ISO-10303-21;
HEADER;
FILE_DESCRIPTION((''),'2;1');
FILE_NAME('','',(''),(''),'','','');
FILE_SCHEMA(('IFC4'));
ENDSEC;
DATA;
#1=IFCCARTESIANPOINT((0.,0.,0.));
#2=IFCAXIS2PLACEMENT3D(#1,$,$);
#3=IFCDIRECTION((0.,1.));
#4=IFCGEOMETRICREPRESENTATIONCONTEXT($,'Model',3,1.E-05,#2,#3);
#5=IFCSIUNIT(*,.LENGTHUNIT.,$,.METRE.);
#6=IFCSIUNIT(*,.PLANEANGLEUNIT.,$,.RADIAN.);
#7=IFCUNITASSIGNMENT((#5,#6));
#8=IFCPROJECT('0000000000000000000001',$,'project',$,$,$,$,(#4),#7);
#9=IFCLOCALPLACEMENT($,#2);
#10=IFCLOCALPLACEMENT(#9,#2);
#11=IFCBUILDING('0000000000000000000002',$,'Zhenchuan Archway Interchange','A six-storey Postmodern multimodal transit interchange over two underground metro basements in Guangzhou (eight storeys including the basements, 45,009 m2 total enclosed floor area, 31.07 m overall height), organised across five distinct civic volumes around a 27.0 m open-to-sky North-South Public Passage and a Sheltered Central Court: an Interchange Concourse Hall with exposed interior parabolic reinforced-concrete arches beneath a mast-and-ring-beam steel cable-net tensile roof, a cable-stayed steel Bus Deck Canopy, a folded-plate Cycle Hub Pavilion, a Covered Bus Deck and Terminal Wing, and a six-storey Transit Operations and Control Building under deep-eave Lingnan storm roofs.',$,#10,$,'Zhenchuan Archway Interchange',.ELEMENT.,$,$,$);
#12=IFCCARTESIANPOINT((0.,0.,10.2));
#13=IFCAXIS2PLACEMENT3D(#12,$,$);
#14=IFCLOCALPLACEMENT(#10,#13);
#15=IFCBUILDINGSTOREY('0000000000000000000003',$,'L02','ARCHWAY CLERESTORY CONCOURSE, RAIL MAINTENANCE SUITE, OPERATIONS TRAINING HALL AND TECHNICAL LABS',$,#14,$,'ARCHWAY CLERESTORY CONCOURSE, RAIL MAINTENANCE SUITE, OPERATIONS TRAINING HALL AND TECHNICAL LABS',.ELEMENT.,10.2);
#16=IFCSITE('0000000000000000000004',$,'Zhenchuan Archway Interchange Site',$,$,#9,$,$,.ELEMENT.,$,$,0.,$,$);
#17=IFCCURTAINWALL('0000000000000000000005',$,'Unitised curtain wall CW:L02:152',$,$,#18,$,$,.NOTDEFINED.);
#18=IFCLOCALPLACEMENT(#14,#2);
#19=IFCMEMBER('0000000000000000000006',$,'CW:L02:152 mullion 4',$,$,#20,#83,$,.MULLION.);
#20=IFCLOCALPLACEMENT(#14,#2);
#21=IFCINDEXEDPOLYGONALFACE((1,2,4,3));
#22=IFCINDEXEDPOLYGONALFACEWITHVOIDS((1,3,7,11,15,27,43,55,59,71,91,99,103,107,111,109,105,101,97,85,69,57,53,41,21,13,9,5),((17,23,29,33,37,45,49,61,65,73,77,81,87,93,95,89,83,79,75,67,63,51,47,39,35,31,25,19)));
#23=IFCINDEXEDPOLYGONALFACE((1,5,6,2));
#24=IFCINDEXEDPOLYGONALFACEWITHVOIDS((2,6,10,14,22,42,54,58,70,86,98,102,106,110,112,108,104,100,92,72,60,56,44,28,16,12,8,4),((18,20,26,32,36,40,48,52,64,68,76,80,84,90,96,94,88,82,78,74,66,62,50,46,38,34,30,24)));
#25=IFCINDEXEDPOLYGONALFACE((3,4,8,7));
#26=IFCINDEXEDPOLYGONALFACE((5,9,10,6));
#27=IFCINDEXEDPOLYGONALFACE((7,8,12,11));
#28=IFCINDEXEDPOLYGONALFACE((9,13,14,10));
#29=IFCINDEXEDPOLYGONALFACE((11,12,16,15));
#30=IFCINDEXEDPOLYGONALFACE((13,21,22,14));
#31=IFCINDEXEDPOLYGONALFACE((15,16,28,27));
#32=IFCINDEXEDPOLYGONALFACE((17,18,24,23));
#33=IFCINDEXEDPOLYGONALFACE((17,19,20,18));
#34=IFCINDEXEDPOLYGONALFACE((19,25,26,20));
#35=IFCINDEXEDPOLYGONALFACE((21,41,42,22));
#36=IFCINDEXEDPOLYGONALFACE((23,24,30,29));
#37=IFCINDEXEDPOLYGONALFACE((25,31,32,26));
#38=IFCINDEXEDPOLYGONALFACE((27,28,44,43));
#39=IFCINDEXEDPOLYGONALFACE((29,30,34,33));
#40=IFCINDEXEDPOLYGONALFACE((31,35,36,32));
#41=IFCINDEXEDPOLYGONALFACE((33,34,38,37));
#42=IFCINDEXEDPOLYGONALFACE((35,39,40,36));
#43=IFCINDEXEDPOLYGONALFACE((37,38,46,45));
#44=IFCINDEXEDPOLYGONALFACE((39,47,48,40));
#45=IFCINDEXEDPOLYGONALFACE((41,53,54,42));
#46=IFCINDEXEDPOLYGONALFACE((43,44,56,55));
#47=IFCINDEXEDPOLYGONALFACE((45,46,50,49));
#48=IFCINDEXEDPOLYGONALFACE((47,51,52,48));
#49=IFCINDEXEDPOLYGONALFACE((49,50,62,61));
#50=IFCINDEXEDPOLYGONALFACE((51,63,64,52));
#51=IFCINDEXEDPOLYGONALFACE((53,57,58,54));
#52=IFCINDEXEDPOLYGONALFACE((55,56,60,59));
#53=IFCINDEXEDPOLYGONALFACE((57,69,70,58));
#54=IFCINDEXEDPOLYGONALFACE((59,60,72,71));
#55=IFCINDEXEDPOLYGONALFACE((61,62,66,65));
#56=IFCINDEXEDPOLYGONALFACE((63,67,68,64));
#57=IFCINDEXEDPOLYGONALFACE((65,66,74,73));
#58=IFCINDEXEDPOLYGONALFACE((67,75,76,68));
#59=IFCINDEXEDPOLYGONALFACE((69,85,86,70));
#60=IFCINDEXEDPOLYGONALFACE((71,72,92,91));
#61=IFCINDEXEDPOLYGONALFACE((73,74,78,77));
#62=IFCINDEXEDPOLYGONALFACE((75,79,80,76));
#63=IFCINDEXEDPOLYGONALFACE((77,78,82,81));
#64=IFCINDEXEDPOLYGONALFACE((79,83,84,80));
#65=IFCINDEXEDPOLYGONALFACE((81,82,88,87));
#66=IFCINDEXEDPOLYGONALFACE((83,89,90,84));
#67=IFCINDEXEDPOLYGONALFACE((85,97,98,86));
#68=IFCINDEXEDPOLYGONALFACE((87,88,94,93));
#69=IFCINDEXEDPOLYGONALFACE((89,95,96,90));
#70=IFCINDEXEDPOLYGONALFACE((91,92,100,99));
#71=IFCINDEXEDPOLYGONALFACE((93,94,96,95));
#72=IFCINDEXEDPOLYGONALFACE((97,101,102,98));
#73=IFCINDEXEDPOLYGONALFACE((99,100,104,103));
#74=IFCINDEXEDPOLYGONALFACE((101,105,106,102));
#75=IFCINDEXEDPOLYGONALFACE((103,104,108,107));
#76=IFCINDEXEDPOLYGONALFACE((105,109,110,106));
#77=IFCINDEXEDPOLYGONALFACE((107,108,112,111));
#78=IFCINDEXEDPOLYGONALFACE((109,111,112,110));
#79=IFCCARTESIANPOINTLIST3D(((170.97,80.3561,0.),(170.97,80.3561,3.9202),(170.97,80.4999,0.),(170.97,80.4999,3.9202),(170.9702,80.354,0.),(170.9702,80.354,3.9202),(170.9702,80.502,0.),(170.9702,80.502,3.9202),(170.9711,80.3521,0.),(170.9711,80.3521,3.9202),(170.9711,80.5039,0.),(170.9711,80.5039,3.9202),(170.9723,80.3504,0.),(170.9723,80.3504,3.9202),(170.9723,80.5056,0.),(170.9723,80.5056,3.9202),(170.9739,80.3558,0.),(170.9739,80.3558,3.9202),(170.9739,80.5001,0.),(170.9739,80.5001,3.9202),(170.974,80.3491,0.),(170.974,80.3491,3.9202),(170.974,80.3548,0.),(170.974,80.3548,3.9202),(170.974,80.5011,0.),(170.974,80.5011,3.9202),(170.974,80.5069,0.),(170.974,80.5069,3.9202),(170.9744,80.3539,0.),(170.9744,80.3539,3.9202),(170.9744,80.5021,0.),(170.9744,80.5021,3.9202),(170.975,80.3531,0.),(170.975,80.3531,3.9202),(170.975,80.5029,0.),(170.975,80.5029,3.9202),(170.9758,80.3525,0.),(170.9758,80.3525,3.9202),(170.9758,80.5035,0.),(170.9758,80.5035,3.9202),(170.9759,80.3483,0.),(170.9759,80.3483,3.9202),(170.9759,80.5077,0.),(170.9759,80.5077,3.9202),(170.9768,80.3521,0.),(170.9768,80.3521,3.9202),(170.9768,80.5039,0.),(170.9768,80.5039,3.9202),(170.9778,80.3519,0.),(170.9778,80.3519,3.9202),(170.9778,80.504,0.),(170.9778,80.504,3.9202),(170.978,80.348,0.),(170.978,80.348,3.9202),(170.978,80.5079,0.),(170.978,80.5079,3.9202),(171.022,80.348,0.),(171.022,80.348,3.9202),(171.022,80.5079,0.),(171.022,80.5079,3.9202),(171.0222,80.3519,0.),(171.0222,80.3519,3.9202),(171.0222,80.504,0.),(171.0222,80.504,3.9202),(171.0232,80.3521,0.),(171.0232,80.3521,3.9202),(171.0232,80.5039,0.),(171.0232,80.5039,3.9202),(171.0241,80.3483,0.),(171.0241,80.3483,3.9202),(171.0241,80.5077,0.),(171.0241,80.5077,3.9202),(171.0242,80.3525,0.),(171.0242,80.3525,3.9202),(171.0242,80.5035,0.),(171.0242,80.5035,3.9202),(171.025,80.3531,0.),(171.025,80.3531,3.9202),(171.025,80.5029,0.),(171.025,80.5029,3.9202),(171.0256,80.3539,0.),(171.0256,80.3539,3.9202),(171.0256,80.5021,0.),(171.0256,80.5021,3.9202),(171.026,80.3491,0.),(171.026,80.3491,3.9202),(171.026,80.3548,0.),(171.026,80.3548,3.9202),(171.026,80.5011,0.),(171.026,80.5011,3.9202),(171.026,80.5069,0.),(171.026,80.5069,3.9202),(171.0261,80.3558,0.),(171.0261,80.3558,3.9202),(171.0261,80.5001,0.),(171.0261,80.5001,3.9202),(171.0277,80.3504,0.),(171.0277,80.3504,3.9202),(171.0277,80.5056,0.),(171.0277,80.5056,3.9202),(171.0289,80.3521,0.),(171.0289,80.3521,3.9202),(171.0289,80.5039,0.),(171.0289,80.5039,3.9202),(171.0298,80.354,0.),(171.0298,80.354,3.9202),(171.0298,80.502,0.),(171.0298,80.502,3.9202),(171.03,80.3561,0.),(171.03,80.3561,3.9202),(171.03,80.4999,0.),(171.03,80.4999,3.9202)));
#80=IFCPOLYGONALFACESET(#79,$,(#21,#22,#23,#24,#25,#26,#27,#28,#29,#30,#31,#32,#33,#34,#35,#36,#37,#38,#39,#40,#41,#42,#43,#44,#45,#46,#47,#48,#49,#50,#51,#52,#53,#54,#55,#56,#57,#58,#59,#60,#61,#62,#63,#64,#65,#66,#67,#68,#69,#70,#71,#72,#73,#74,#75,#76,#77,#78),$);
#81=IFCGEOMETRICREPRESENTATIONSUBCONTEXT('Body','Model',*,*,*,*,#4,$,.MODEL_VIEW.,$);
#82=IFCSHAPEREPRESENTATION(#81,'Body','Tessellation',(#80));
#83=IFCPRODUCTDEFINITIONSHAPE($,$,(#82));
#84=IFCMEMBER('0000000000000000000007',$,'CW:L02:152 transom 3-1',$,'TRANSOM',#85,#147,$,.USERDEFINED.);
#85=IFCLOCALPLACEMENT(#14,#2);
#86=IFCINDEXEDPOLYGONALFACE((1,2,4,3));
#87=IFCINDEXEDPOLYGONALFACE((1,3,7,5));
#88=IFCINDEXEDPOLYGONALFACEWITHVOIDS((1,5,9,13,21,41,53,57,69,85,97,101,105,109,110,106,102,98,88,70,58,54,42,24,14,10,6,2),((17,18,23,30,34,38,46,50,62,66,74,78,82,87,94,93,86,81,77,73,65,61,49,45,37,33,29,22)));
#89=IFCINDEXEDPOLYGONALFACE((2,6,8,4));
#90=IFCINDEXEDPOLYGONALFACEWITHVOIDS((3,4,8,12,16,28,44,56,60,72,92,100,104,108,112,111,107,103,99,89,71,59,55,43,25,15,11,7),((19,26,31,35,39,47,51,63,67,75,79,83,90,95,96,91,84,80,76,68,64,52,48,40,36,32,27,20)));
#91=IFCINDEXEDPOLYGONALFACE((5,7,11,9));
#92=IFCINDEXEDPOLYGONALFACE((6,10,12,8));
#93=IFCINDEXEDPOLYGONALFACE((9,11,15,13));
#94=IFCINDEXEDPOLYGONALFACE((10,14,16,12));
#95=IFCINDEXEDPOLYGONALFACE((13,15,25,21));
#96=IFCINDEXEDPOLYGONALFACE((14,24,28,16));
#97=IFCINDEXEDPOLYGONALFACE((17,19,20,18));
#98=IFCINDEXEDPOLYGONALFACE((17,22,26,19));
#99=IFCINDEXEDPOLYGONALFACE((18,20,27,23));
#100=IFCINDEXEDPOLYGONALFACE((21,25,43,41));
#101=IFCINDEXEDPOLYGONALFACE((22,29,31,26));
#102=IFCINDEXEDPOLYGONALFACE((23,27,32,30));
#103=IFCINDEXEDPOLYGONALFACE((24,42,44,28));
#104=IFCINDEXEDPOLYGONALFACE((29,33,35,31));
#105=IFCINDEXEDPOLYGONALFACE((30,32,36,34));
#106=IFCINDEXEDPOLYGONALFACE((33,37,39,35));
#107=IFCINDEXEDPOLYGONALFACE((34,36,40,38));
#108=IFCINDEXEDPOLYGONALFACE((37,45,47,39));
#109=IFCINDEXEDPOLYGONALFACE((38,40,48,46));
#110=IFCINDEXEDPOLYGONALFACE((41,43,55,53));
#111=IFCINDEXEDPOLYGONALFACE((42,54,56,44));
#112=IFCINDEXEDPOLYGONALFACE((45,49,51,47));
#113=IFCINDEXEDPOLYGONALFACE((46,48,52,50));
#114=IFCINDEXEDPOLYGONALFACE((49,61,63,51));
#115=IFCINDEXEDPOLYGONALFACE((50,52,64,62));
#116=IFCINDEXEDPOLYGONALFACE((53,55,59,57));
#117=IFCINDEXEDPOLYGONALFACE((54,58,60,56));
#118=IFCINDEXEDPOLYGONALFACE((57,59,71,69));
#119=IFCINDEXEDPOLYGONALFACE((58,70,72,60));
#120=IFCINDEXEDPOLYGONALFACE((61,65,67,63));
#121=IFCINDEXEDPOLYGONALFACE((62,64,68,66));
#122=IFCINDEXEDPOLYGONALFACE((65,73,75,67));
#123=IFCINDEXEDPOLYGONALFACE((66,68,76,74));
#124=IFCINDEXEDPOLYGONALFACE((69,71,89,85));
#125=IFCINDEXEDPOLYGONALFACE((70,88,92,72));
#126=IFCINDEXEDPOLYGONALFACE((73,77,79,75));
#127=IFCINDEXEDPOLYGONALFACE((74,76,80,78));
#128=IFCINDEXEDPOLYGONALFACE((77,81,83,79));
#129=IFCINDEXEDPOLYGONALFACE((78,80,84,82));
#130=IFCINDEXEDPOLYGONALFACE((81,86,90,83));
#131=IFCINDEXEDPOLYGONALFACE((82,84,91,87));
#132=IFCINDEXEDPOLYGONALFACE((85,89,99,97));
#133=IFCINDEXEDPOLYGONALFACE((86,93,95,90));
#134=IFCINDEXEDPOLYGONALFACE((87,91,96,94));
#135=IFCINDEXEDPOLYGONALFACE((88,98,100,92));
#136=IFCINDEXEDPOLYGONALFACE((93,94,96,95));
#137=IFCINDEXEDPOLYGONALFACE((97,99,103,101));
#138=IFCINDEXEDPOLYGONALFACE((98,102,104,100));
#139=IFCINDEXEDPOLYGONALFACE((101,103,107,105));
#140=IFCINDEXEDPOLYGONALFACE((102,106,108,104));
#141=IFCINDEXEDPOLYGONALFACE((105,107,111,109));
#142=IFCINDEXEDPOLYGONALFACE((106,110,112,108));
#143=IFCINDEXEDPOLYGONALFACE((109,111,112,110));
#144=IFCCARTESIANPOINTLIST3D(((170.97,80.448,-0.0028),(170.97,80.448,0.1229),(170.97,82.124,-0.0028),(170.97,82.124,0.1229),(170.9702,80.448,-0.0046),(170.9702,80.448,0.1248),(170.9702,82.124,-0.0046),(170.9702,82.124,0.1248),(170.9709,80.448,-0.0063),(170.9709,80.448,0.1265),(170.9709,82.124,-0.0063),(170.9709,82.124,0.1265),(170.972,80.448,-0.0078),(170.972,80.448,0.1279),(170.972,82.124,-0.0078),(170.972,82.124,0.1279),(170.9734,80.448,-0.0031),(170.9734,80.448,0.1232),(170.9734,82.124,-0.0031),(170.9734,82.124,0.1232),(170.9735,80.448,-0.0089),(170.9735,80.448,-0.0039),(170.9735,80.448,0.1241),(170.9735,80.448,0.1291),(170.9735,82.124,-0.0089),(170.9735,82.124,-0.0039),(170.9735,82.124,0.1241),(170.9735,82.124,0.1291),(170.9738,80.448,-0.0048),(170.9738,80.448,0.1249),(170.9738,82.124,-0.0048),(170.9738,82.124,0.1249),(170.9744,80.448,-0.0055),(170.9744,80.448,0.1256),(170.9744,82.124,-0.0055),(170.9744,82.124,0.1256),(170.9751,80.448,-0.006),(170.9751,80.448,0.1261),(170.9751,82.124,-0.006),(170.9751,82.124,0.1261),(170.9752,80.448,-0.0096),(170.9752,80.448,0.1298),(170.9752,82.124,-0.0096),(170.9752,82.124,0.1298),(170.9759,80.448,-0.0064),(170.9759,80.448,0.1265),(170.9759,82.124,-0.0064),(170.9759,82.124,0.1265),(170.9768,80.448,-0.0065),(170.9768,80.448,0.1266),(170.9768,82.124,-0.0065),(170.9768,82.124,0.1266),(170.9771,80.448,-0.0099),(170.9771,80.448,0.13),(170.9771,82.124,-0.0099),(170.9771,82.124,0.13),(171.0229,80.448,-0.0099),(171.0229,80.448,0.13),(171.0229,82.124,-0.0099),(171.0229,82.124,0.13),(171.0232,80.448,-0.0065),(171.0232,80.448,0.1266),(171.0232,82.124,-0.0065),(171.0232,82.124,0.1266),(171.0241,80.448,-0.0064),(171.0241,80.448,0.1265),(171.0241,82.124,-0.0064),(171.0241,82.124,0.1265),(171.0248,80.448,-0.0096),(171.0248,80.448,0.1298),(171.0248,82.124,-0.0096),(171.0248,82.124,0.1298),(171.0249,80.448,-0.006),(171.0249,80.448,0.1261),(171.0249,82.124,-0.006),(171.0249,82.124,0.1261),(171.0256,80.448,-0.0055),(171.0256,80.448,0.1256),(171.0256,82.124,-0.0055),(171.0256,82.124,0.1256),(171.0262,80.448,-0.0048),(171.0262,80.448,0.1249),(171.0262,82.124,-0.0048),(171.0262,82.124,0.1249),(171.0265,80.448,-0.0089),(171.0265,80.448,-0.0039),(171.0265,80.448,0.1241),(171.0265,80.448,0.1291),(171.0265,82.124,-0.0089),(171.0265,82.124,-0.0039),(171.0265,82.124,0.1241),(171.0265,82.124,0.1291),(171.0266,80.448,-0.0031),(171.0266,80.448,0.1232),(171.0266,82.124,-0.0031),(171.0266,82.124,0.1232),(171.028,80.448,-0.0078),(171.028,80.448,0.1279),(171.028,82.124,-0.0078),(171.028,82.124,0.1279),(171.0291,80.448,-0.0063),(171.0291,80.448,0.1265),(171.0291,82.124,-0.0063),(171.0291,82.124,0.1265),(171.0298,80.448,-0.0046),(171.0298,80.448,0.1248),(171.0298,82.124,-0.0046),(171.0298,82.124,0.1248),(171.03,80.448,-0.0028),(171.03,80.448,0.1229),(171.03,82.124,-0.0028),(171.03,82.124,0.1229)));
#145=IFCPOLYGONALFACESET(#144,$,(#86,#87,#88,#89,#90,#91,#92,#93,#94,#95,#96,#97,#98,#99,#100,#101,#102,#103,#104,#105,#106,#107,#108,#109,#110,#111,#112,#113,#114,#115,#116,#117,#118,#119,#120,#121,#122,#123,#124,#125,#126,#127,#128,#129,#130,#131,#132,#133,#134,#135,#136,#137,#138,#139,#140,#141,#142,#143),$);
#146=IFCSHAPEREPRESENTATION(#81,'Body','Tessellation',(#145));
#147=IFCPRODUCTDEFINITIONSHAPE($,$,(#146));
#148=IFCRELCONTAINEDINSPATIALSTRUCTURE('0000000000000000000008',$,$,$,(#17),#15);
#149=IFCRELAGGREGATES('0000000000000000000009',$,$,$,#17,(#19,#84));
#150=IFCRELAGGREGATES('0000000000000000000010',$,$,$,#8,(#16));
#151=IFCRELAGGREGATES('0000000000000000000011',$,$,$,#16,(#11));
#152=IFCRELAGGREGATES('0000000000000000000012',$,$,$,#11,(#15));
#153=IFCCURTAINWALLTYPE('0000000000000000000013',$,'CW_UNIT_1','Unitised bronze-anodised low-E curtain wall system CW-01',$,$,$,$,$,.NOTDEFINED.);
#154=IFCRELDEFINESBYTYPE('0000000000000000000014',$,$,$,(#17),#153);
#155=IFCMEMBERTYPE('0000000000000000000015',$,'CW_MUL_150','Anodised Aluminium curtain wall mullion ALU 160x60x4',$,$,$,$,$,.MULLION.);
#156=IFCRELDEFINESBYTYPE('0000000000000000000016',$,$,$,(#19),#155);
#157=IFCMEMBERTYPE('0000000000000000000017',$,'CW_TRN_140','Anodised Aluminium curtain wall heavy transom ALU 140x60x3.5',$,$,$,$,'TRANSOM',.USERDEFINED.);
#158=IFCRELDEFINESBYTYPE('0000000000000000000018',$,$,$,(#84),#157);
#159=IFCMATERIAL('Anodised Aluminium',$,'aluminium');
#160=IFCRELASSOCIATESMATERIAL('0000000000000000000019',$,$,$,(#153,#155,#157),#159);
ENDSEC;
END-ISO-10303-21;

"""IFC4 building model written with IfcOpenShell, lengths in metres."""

from ifc_helpers import new_model, si_unit, direction, frame, origin, origin_2d, place, context, subcontext, project, spatial, hollow_rectangle, extrude, material, material_profile, profile_set, type_object, element, aggregate, save


model = new_model("IFC4")

# Units and contexts
model_context = context("Model", 3, precision=1e-05, world=origin(), true_north=direction((0.0, 1.0)))
body_context = subcontext(model_context, "Body", "Model", "MODEL_VIEW")
ifc_project = project(units=[si_unit("LENGTHUNIT", "METRE"), si_unit("PLANEANGLEUNIT", "RADIAN")], contexts=[model_context])

# Site, building, storey
site_placement = place(None, origin())
site = spatial("IfcSite", under=ifc_project, at=site_placement, Name="Zhenchuan Archway Interchange Site", CompositionType="ELEMENT", RefElevation=0.0)
building_placement = place(site_placement, origin())
building = spatial("IfcBuilding", under=site, at=building_placement, Name="Zhenchuan Archway Interchange", Description="A six-storey Postmodern multimodal transit interchange over two underground metro basements in Guangzhou (eight storeys including the basements, 45,009 m2 total enclosed floor area, 31.07 m overall height), organised across five distinct civic volumes around a 27.0 m open-to-sky North-South Public Passage and a Sheltered Central Court: an Interchange Concourse Hall with exposed interior parabolic reinforced-concrete arches beneath a mast-and-ring-beam steel cable-net tensile roof, a cable-stayed steel Bus Deck Canopy, a folded-plate Cycle Hub Pavilion, a Covered Bus Deck and Terminal Wing, and a six-storey Transit Operations and Control Building under deep-eave Lingnan storm roofs.", LongName="Zhenchuan Archway Interchange", CompositionType="ELEMENT")
storey_placement = place(building_placement, frame((0.0, 0.0, 10.2)))
storey = spatial("IfcBuildingStorey", under=building, at=storey_placement, Name="L02", Description="ARCHWAY CLERESTORY CONCOURSE, RAIL MAINTENANCE SUITE, OPERATIONS TRAINING HALL AND TECHNICAL LABS", LongName="ARCHWAY CLERESTORY CONCOURSE, RAIL MAINTENANCE SUITE, OPERATIONS TRAINING HALL AND TECHNICAL LABS", CompositionType="ELEMENT", Elevation=10.2)

# Curtain wall, members
ifc_material_1 = material(Name="Anodised Aluminium", Category="aluminium")
curtain_wall_type = type_object("IfcCurtainWallType", Name="CW_UNIT_1", Description="Unitised bronze-anodised low-E curtain wall system CW-01", PredefinedType="NOTDEFINED", material=ifc_material_1)
curtain_wall_placement = place(storey_placement, origin())
curtain_wall = element("IfcCurtainWall", 1, at=curtain_wall_placement, inside=storey, type_object=curtain_wall_type, Name="Unitised curtain wall CW:L02:152", PredefinedType="NOTDEFINED")
ifc_material_profile_1 = material_profile(ifc_material_1, hollow_rectangle(XDim=0.0601, YDim=0.1599, WallThickness=0.0039, InnerFilletRadius=0.0039, OuterFilletRadius=0.0081, at=origin_2d()), Name="ALU 160x60x4")
ifc_profile_set_1 = profile_set([ifc_material_profile_1], Name="Anodised Aluminium")
member_type_1 = type_object("IfcMemberType", Name="CW_MUL_150", Description="Anodised Aluminium curtain wall mullion ALU 160x60x4", PredefinedType="MULLION", material=ifc_profile_set_1)
member_1_placement = place(storey_placement, frame((171.0, 80.428, 0.0), z_axis=(0.0, 0.0, 1.0), x_axis=(1.0, 0.0, 0.0)))
member_1 = element("IfcMember", 2, at=member_1_placement, type_object=member_type_1, Name="CW:L02:152 mullion 4", PredefinedType="MULLION", context=body_context, shape_type="SweptSolid", body=[
    extrude(hollow_rectangle(XDim=0.0601, YDim=0.1599, WallThickness=0.0039, InnerFilletRadius=0.0039, OuterFilletRadius=0.0081, at=origin_2d()), origin(), (0.0, 0.0, 1.0), 3.9202),
])
ifc_material_profile_2 = material_profile(ifc_material_1, hollow_rectangle(XDim=0.0601, YDim=0.1399, WallThickness=0.0034, InnerFilletRadius=0.0034, OuterFilletRadius=0.0071, at=origin_2d()), Name="ALU 140x60x3.5")
ifc_profile_set_2 = profile_set([ifc_material_profile_2], Name="Anodised Aluminium")
member_type_2 = type_object("IfcMemberType", Name="CW_TRN_140", Description="Anodised Aluminium curtain wall heavy transom ALU 140x60x3.5", ElementType="TRANSOM", PredefinedType="USERDEFINED", material=ifc_profile_set_2)
member_2_placement = place(storey_placement, frame((171.0, 82.124, 0.0601), z_axis=(0.0, -1.0, 0.0), x_axis=(1.0, 0.0, 0.0)))
member_2 = element("IfcMember", 3, at=member_2_placement, type_object=member_type_2, Name="CW:L02:152 transom 3-1", ObjectType="TRANSOM", PredefinedType="USERDEFINED", context=body_context, shape_type="SweptSolid", body=[
    extrude(hollow_rectangle(XDim=0.0601, YDim=0.1399, WallThickness=0.0034, InnerFilletRadius=0.0034, OuterFilletRadius=0.0071, at=origin_2d()), origin(), (0.0, 0.0, 1.0), 1.676),
])

aggregate(curtain_wall, [member_1, member_2])

save(model, "model.ifc")
